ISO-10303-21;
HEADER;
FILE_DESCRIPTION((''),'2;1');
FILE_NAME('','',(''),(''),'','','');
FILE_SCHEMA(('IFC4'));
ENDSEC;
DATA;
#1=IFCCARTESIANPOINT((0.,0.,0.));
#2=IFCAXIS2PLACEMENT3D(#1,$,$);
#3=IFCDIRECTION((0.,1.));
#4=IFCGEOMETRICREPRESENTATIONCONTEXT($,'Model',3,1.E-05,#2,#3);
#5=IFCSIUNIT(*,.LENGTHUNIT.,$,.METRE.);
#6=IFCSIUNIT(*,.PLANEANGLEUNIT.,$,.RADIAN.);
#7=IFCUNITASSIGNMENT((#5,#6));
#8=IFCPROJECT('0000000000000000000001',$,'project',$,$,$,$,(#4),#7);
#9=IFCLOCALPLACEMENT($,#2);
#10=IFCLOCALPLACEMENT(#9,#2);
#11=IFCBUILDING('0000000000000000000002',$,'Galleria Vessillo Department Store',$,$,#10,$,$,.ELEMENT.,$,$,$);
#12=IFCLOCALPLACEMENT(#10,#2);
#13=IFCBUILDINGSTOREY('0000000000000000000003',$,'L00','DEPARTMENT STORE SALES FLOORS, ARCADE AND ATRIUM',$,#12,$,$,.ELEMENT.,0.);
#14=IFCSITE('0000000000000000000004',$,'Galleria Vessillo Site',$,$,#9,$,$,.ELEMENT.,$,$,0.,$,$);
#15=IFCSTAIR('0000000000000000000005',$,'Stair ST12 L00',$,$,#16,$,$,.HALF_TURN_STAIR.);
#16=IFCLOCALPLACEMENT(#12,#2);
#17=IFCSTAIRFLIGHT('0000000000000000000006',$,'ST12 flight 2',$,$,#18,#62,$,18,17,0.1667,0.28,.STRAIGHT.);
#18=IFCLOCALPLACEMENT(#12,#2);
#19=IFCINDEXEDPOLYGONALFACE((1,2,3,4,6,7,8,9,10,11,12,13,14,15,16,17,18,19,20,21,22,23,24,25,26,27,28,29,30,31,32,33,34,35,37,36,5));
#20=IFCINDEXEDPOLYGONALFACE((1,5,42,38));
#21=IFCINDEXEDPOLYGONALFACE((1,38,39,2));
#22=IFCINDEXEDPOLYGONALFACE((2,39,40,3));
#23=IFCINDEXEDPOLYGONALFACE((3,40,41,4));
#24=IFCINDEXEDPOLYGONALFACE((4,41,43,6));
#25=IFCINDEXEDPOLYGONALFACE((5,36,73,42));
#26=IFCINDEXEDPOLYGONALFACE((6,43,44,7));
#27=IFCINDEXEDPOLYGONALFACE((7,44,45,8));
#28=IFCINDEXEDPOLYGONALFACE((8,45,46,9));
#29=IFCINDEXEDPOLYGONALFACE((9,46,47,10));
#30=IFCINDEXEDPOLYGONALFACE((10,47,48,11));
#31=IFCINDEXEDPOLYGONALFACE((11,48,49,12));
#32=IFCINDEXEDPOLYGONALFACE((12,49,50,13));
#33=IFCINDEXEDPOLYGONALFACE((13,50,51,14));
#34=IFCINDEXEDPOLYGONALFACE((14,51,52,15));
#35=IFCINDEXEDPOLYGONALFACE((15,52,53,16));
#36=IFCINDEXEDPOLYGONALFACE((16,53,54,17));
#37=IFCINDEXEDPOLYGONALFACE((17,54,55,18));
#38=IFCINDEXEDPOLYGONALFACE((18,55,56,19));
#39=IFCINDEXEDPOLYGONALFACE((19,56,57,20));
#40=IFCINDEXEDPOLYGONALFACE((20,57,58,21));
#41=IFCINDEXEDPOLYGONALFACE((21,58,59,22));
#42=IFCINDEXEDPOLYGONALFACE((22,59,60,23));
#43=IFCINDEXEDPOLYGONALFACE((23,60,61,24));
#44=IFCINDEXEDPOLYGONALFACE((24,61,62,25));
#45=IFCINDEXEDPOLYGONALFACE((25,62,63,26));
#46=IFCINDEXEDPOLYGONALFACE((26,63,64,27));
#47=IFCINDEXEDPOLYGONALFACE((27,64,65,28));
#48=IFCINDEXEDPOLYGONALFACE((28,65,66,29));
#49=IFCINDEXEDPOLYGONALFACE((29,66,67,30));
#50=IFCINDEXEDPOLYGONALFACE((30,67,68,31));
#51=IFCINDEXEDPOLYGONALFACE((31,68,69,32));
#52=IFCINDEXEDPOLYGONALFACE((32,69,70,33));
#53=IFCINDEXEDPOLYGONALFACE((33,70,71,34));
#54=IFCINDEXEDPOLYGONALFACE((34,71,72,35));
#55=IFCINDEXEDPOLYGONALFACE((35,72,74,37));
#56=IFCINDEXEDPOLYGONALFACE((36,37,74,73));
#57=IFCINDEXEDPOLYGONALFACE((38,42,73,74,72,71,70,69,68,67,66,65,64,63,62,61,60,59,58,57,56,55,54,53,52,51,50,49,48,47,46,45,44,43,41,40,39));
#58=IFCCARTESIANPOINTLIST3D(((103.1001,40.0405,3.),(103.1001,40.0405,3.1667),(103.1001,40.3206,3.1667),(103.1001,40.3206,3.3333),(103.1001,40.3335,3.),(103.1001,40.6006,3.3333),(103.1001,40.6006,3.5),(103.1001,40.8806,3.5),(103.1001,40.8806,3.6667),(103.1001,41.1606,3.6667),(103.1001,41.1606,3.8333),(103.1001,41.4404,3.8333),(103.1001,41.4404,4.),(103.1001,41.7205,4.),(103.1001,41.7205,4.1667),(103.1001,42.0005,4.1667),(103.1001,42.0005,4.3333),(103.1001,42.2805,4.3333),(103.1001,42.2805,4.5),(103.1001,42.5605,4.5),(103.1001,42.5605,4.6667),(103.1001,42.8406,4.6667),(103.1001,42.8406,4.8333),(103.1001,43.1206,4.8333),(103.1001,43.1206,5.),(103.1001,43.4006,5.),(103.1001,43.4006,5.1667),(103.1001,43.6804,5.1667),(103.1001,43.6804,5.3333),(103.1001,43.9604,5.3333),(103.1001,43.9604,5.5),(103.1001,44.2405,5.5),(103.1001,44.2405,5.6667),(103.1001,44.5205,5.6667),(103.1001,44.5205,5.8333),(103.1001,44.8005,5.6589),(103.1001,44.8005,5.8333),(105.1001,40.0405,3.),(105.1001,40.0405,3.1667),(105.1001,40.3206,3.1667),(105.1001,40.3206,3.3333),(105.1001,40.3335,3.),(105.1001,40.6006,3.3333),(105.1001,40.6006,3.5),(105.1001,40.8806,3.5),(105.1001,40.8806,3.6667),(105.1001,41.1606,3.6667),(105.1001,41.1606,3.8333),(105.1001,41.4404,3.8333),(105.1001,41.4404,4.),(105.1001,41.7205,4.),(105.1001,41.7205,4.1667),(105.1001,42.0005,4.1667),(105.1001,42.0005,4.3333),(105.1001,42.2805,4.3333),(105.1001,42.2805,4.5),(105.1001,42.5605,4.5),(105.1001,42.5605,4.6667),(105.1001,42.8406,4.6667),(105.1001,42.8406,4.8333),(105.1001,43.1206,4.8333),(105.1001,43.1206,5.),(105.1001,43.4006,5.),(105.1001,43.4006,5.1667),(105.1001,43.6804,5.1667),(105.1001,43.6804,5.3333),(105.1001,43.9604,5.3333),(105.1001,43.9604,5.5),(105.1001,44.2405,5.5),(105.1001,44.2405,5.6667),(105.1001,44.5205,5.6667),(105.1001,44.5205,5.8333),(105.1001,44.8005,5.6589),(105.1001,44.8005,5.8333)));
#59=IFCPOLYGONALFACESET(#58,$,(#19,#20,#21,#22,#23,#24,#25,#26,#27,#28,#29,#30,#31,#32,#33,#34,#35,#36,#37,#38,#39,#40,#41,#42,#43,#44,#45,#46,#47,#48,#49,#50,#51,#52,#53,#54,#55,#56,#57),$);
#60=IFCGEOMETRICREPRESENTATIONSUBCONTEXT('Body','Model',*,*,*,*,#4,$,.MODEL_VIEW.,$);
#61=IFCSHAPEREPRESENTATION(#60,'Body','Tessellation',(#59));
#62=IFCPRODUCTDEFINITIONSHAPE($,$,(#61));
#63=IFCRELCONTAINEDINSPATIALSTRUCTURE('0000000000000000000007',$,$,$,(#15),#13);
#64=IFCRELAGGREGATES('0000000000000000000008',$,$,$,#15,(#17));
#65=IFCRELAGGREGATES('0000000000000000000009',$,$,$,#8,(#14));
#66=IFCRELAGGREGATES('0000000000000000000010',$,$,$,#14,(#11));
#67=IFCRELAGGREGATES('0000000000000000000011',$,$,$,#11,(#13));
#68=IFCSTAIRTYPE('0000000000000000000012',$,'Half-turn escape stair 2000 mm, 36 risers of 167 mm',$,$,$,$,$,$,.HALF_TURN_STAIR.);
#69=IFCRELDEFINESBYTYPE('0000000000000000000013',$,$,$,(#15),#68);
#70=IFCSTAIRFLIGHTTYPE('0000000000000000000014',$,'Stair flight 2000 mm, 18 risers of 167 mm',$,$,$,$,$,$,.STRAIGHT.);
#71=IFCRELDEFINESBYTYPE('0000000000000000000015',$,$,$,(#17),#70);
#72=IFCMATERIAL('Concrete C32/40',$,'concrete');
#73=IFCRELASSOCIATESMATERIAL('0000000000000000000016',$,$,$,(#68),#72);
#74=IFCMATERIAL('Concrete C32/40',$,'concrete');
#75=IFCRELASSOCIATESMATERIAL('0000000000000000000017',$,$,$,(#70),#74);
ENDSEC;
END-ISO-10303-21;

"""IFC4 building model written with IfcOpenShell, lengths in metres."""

from ifc_helpers import new_model, si_unit, direction, frame, origin, place, context, subcontext, project, spatial, polyline, outline, extrude, material, type_object, element, aggregate, save


model = new_model("IFC4")

# Units and contexts
model_context = context("Model", 3, precision=1e-05, world=origin(), true_north=direction((0.0, 1.0)))
body_context = subcontext(model_context, "Body", "Model", "MODEL_VIEW")
ifc_project = project(units=[si_unit("LENGTHUNIT", "METRE"), si_unit("PLANEANGLEUNIT", "RADIAN")], contexts=[model_context])

# Site, building, storey
site_placement = place(None, origin())
site = spatial("IfcSite", under=ifc_project, at=site_placement, Name="Galleria Vessillo Site", CompositionType="ELEMENT", RefElevation=0.0)
building_placement = place(site_placement, origin())
building = spatial("IfcBuilding", under=site, at=building_placement, Name="Galleria Vessillo Department Store", CompositionType="ELEMENT")
storey_placement = place(building_placement, origin())
storey = spatial("IfcBuildingStorey", under=building, at=storey_placement, Name="L00", Description="DEPARTMENT STORE SALES FLOORS, ARCADE AND ATRIUM", CompositionType="ELEMENT", Elevation=0.0)

# Stair, stair flight
ifc_material_1 = material(Name="Concrete C32/40", Category="concrete")
stair_type = type_object("IfcStairType", Name="Half-turn escape stair 2000 mm, 36 risers of 167 mm", PredefinedType="HALF_TURN_STAIR", material=ifc_material_1)
stair_placement = place(storey_placement, origin())
stair = element("IfcStair", 1, at=stair_placement, inside=storey, type_object=stair_type, Name="Stair ST12 L00", PredefinedType="HALF_TURN_STAIR")
ifc_material_2 = material(Name="Concrete C32/40", Category="concrete")
stair_flight_type = type_object("IfcStairFlightType", Name="Stair flight 2000 mm, 18 risers of 167 mm", PredefinedType="STRAIGHT", material=ifc_material_2)
stair_flight_1_placement = place(storey_placement, frame((104.1001, 40.0405, 3.0), z_axis=(0.0, 0.0, 1.0), x_axis=(0.0, 1.0, 0.0)))
stair_flight_1 = element("IfcStairFlight", 2, at=stair_flight_1_placement, type_object=stair_flight_type, Name="ST12 flight 2", NumberOfRisers=18, NumberOfTreads=17, PredefinedType="STRAIGHT", RiserHeight=0.1667, TreadLength=0.28, context=body_context, shape_type="SweptSolid", body=[
    extrude(outline(polyline([(0.0, 0.0), (0.0, 0.1667), (0.28, 0.1667), (0.28, 0.3333), (0.5601, 0.3333), (0.5601, 0.5), (0.8401, 0.5), (0.8401, 0.6667), (1.1201, 0.6667), (1.1201, 0.8333), (1.3999, 0.8333), (1.3999, 1.0), (1.6799, 1.0), (1.6799, 1.1667), (1.96, 1.1667), (1.96, 1.3333), (2.24, 1.3333), (2.24, 1.5), (2.52, 1.5), (2.52, 1.6667), (2.8, 1.6667), (2.8, 1.8333), (3.0801, 1.8333), (3.0801, 2.0), (3.3601, 2.0), (3.3601, 2.1667), (3.6399, 2.1667), (3.6399, 2.3333), (3.9199, 2.3333), (3.9199, 2.5), (4.2, 2.5), (4.2, 2.6667), (4.48, 2.6667), (4.48, 2.8333), (4.76, 2.8333), (4.76, 3.0), (4.76, 2.6589), (0.293, 0.0), (0.0, 0.0)])), frame((0.0, 1.0, 0.0), z_axis=(0.0, -1.0, 0.0), x_axis=(1.0, 0.0, 0.0)), (0.0, 0.0, 1.0), 2.0),
])
aggregate(stair, [stair_flight_1])

save(model, "model.ifc")
